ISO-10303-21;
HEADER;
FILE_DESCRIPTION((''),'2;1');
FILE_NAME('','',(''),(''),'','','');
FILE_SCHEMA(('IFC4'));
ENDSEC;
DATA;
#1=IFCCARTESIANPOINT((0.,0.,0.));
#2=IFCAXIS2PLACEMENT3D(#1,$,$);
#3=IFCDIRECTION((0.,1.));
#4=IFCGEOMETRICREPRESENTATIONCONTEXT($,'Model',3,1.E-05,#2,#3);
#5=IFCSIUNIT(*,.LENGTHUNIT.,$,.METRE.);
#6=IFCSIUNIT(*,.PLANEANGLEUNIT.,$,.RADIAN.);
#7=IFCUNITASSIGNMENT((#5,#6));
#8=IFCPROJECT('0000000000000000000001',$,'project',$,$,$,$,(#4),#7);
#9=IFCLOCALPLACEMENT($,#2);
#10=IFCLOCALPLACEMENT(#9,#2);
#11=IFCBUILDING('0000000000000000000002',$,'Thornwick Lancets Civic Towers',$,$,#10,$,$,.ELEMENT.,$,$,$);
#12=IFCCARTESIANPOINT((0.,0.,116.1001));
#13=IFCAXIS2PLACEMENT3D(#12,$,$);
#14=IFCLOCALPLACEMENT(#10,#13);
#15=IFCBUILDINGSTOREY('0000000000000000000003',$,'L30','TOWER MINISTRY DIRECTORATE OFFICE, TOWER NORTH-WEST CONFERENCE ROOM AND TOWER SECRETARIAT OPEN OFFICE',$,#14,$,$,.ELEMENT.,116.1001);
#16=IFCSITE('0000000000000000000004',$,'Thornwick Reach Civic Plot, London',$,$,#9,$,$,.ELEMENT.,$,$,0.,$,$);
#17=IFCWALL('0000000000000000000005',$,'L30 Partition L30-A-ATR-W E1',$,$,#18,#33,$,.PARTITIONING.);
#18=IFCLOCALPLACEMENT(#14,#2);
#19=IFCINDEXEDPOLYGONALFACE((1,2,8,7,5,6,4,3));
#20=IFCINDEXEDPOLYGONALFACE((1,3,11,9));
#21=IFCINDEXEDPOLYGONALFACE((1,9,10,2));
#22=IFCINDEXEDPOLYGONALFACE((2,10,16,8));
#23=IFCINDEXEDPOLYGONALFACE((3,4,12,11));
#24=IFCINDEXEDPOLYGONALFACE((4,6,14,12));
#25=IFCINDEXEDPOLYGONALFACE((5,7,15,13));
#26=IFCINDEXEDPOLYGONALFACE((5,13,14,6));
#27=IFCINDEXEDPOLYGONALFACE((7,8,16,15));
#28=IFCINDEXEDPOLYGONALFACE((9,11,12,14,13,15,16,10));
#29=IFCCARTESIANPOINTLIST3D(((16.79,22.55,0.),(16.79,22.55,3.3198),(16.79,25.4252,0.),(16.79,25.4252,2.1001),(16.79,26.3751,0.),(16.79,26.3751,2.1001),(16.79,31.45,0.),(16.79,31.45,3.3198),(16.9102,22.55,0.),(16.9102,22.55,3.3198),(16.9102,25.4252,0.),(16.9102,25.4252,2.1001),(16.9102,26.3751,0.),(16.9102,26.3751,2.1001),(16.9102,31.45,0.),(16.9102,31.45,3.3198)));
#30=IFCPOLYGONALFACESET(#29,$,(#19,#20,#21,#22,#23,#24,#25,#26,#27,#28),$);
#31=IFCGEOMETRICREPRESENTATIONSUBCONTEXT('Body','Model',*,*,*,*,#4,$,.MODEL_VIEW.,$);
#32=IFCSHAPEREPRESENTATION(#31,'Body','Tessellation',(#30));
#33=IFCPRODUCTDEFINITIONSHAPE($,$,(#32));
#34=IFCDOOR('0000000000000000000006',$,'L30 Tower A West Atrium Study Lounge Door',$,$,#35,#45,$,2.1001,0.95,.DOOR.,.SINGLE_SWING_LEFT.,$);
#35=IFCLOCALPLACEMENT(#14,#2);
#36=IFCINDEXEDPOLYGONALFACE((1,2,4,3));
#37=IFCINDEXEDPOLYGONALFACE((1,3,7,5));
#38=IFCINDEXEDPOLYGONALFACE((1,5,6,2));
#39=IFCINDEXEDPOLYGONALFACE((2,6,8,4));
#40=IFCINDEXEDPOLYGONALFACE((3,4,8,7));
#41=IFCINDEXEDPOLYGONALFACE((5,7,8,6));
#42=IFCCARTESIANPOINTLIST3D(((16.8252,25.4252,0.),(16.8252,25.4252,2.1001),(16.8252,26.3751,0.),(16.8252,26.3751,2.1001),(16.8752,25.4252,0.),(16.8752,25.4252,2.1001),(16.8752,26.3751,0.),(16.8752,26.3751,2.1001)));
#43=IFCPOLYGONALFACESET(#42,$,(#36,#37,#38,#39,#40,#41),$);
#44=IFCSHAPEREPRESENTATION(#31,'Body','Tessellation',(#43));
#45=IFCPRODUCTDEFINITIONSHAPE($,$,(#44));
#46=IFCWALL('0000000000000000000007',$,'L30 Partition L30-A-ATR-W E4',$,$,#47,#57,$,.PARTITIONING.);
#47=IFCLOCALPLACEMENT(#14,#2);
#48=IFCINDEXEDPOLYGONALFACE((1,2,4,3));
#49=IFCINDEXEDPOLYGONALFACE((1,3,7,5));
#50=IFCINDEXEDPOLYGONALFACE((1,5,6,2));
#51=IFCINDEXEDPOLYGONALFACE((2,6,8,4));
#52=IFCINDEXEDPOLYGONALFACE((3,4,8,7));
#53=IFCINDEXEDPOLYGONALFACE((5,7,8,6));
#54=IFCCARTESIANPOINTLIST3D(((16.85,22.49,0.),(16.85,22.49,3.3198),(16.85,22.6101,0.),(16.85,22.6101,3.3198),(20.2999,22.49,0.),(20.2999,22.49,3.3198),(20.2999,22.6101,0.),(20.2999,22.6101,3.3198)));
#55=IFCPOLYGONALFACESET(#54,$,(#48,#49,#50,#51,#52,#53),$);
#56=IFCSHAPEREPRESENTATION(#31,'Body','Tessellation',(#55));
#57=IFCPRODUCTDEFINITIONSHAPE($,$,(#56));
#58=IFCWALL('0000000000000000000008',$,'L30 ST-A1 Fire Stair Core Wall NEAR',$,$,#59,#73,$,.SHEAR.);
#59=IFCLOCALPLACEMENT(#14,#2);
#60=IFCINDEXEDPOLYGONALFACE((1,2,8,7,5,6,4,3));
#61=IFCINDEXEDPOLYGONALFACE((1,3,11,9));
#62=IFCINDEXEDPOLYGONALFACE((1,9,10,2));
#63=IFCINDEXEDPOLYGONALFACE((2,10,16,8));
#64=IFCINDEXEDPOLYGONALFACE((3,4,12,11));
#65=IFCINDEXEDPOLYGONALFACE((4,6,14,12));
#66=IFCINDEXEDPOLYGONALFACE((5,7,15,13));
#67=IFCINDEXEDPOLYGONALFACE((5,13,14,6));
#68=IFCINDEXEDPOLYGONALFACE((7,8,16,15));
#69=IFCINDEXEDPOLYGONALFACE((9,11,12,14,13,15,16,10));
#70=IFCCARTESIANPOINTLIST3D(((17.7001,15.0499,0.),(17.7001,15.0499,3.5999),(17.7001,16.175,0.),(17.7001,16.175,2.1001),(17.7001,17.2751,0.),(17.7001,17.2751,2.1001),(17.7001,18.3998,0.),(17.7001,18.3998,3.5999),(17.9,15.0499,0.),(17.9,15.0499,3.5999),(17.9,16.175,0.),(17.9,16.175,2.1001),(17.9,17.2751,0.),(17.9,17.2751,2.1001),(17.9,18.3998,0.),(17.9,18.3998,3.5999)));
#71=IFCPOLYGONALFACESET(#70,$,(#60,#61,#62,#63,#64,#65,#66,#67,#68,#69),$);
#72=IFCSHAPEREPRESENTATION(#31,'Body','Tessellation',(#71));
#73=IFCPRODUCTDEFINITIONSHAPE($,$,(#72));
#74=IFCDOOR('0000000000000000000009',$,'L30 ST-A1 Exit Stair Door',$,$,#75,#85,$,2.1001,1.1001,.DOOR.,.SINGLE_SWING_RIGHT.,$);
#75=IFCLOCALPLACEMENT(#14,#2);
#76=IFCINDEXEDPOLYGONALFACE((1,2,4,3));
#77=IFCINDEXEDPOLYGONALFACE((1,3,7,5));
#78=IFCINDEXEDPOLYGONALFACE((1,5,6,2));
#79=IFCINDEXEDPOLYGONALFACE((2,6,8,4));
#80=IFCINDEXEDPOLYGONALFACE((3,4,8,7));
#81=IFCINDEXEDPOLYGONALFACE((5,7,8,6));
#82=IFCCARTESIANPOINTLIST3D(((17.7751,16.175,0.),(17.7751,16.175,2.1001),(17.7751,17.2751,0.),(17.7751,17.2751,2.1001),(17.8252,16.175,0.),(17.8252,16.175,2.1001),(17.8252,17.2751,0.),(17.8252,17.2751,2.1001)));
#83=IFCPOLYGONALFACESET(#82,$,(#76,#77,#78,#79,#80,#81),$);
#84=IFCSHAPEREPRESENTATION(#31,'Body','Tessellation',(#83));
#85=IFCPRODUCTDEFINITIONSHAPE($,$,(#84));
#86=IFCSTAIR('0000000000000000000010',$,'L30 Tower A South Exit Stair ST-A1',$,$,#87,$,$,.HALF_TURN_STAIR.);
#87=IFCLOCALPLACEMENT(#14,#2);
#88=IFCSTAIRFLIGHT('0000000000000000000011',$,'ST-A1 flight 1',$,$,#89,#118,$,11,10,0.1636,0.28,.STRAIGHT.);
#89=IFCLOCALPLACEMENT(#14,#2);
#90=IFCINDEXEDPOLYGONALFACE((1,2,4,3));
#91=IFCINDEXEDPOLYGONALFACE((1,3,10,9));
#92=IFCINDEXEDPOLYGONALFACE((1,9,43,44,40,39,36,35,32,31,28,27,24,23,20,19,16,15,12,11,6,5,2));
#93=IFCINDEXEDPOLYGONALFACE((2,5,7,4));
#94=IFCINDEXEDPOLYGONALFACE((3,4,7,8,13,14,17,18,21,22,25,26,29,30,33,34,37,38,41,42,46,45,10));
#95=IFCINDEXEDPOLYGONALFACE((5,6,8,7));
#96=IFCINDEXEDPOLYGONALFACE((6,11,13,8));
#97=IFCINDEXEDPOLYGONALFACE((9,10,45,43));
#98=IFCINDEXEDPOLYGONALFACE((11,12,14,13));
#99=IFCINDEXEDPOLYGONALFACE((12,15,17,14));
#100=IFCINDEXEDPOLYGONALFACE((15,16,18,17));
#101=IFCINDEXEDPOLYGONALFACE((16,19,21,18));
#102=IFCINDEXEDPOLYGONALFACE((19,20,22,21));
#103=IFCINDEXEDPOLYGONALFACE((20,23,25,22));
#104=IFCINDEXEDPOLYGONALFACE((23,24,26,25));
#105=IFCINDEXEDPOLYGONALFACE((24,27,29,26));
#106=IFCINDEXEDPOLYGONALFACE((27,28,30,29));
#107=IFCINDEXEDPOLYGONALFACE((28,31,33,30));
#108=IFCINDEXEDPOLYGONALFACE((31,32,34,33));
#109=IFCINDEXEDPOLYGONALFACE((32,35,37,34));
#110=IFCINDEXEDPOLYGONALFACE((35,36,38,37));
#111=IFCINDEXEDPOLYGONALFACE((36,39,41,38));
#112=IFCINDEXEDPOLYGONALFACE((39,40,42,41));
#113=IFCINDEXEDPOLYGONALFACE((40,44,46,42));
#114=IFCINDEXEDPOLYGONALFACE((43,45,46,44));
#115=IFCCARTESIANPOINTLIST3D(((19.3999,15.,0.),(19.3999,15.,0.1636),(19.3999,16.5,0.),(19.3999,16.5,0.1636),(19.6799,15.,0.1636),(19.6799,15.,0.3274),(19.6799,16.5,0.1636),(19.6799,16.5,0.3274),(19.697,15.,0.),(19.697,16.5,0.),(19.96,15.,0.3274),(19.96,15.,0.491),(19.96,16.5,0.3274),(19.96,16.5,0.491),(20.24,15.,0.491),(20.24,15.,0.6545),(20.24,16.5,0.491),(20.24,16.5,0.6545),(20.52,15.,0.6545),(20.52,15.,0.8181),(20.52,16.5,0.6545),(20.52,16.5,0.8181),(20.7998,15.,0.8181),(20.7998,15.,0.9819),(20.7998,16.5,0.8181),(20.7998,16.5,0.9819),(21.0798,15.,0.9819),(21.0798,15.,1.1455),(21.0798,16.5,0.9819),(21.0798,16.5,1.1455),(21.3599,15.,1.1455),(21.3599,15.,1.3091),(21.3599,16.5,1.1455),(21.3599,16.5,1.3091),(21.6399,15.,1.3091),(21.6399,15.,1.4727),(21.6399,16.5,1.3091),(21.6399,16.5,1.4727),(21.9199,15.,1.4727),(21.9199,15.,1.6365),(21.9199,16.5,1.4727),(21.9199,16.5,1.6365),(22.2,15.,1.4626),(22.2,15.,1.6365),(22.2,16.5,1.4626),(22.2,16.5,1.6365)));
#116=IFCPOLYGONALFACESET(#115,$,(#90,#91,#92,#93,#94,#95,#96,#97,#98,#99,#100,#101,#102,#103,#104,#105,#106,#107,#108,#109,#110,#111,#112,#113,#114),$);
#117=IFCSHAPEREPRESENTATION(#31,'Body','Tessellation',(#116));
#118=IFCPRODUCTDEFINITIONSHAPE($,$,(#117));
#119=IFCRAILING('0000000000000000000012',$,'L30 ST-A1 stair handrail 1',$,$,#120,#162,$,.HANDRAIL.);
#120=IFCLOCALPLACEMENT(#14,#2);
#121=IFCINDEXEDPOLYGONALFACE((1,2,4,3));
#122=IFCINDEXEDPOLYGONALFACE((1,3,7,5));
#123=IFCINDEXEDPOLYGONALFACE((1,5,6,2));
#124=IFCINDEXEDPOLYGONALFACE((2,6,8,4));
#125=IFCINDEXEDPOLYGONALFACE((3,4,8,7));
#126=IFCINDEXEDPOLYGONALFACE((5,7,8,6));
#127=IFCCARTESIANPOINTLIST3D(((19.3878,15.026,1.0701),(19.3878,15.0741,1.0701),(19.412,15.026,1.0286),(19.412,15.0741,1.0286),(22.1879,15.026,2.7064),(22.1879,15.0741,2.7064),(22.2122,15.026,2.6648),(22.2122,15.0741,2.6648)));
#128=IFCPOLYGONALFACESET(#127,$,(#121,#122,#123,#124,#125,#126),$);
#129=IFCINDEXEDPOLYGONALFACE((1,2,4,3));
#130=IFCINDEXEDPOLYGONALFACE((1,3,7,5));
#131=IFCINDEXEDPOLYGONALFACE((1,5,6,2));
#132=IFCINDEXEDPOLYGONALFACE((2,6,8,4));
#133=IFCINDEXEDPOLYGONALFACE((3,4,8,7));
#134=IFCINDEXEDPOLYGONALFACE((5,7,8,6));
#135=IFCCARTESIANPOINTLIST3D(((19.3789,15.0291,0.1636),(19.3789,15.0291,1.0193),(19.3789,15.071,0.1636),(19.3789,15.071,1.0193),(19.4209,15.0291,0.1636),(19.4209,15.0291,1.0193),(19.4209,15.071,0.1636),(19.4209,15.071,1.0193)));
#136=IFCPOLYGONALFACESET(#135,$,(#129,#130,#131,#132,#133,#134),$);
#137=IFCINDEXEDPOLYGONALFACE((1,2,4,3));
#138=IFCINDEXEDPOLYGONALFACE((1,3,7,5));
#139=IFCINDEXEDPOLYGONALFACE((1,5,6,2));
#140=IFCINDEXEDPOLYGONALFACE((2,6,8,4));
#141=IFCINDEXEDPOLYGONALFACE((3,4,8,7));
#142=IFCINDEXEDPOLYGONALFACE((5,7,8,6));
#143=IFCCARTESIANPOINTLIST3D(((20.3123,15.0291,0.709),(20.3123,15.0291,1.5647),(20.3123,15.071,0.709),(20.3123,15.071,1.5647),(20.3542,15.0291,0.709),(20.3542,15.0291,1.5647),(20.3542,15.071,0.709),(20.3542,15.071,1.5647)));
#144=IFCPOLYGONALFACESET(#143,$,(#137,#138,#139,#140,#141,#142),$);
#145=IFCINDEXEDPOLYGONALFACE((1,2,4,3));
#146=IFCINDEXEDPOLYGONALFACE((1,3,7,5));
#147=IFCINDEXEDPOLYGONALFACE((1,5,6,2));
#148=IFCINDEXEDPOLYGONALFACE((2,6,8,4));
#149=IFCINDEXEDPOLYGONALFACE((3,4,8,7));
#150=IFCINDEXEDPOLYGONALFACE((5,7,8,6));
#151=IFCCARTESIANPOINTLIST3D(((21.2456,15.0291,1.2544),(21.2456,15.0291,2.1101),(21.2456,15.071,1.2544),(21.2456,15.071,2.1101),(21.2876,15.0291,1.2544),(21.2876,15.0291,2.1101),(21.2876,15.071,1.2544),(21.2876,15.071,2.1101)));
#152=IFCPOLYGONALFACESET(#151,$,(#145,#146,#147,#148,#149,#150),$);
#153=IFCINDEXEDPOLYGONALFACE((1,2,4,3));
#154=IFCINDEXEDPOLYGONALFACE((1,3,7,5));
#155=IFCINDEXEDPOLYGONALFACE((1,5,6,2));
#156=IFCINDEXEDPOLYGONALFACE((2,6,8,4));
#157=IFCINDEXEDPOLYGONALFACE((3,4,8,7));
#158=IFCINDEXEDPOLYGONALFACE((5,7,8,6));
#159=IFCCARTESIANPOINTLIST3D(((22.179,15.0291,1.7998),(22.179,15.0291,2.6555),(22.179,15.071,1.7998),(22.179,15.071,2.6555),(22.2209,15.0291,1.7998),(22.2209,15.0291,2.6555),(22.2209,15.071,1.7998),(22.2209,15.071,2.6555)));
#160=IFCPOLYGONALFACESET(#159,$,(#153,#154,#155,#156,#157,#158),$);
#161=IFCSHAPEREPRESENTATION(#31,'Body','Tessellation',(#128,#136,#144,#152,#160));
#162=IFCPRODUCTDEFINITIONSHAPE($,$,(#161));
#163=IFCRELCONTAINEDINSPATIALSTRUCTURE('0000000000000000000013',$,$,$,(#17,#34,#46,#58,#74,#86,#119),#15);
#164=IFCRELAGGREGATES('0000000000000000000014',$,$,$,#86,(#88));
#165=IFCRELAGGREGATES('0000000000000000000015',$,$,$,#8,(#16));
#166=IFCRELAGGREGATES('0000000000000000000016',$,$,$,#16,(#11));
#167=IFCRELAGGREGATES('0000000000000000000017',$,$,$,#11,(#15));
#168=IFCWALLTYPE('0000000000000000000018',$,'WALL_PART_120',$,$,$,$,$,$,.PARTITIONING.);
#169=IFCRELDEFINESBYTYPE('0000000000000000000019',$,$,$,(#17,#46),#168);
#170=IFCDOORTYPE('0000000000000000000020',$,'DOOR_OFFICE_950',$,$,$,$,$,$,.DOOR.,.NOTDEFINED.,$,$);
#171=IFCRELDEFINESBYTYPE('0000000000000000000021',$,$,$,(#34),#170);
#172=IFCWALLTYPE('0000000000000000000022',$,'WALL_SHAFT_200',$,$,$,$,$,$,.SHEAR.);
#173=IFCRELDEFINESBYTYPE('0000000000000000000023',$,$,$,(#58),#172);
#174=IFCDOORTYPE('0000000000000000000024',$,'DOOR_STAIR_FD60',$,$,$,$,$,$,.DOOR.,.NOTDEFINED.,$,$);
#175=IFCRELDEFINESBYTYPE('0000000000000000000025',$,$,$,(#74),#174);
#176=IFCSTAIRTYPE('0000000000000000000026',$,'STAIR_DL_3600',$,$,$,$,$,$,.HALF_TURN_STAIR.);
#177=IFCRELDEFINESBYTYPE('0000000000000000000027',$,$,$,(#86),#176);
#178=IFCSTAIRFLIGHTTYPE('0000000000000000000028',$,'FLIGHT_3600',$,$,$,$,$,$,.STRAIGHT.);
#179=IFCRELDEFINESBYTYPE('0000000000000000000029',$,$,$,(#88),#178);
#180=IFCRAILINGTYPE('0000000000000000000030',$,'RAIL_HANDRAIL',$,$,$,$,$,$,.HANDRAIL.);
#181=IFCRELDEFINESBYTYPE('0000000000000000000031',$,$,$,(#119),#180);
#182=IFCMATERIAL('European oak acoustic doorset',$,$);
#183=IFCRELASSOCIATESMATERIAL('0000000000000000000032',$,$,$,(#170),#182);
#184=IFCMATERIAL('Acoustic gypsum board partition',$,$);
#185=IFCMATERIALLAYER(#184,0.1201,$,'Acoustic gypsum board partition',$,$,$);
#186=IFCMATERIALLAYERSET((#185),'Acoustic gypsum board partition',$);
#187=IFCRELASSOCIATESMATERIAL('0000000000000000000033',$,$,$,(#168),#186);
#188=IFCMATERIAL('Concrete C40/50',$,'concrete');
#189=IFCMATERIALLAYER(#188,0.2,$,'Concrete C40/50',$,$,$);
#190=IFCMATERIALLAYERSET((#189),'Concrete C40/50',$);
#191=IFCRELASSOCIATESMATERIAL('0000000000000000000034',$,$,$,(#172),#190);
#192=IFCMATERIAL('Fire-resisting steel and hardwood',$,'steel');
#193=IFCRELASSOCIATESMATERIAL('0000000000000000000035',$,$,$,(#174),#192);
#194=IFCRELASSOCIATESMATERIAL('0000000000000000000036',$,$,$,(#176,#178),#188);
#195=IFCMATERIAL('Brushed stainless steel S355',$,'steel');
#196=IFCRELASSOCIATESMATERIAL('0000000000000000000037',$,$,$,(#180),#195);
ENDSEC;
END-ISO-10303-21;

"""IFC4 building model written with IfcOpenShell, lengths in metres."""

from ifc_helpers import new_model, si_unit, direction, frame, frame_2d, origin, origin_2d, place, context, subcontext, project, spatial, polyline, rectangle, outline, extrude, material, layer, layer_set, type_object, element, fill, aggregate, save


model = new_model("IFC4")

# Units and contexts
model_context = context("Model", 3, precision=1e-05, world=origin(), true_north=direction((0.0, 1.0)))
body_context = subcontext(model_context, "Body", "Model", "MODEL_VIEW")
ifc_project = project(units=[si_unit("LENGTHUNIT", "METRE"), si_unit("PLANEANGLEUNIT", "RADIAN")], contexts=[model_context])

# Site, building, storey
site_placement = place(None, origin())
site = spatial("IfcSite", under=ifc_project, at=site_placement, Name="Thornwick Reach Civic Plot, London", CompositionType="ELEMENT", RefElevation=0.0)
building_placement = place(site_placement, origin())
building = spatial("IfcBuilding", under=site, at=building_placement, Name="Thornwick Lancets Civic Towers", CompositionType="ELEMENT")
storey_placement = place(building_placement, frame((0.0, 0.0, 116.1001)))
storey = spatial("IfcBuildingStorey", under=building, at=storey_placement, Name="L30", Description="TOWER MINISTRY DIRECTORATE OFFICE, TOWER NORTH-WEST CONFERENCE ROOM AND TOWER SECRETARIAT OPEN OFFICE", CompositionType="ELEMENT", Elevation=116.1001)

# Shared definitions
ifc_material_1 = material(Name="European oak acoustic doorset")
door_type_1 = type_object("IfcDoorType", Name="DOOR_OFFICE_950", OperationType="NOTDEFINED", PredefinedType="DOOR", material=ifc_material_1)

# Wall, opening, door
ifc_material_2 = material(Name="Acoustic gypsum board partition")
ifc_layer_1 = layer(ifc_material_2, 0.1201, Name="Acoustic gypsum board partition")
ifc_layer_set_1 = layer_set([ifc_layer_1], Name="Acoustic gypsum board partition")
wall_type_1 = type_object("IfcWallType", Name="WALL_PART_120", PredefinedType="PARTITIONING", material=ifc_layer_set_1)
wall_1_placement = place(storey_placement, frame((16.8501, 22.55, 0.0), z_axis=(0.0, 0.0, 1.0), x_axis=(0.0, 1.0, 0.0)))
wall_1 = element("IfcWall", 1, at=wall_1_placement, inside=storey, type_object=wall_type_1, Name="L30 Partition L30-A-ATR-W E1", PredefinedType="PARTITIONING", context=body_context, shape_type="SweptSolid", body=[
    extrude(rectangle(XDim=8.8999, YDim=0.1201, at=frame_2d((4.45, 0.0))), origin(), (0.0, 0.0, 1.0), 3.3198),
])
opening_1_placement = place(wall_1_placement, frame((2.875, 0.0, 0.0)))
opening_1 = element("IfcOpeningElement", 2, at=opening_1_placement, cuts=wall_1, PredefinedType="OPENING", context=body_context, shape_type="SweptSolid", body=[
    extrude(rectangle(XDim=0.95, YDim=2.1001, at=frame_2d((0.4751, 1.05))), frame((0.0, 0.0701, 0.0), z_axis=(0.0, -1.0, 0.0), x_axis=(1.0, 0.0, 0.0)), (0.0, 0.0, 1.0), 0.1401),
])
door_1_placement = place(opening_1_placement, origin())
door_1 = element("IfcDoor", 3, at=door_1_placement, inside=storey, type_object=door_type_1, Name="L30 Tower A West Atrium Study Lounge Door", OperationType="SINGLE_SWING_LEFT", OverallHeight=2.1001, OverallWidth=0.95, PredefinedType="DOOR", context=body_context, shape_type="SweptSolid", body=[
    extrude(rectangle(XDim=0.95, YDim=2.1001, at=frame_2d((0.4751, 1.05))), frame((0.0, 0.0249, 0.0), z_axis=(0.0, -1.0, 0.0), x_axis=(1.0, 0.0, 0.0)), (0.0, 0.0, 1.0), 0.05),
])
fill(opening_1, door_1)

# Wall
wall_2_placement = place(storey_placement, frame((20.3, 22.55, 0.0), z_axis=(0.0, 0.0, 1.0), x_axis=(-1.0, 0.0, 0.0)))
element("IfcWall", 4, at=wall_2_placement, inside=storey, type_object=wall_type_1, Name="L30 Partition L30-A-ATR-W E4", PredefinedType="PARTITIONING", context=body_context, shape_type="SweptSolid", body=[
    extrude(rectangle(XDim=3.45, YDim=0.1201, at=frame_2d((1.7251, 0.0))), origin(), (0.0, 0.0, 1.0), 3.3198),
])

# Wall, opening, door
ifc_material_3 = material(Name="Concrete C40/50", Category="concrete")
ifc_layer_2 = layer(ifc_material_3, 0.2, Name="Concrete C40/50")
ifc_layer_set_2 = layer_set([ifc_layer_2], Name="Concrete C40/50")
wall_type_2 = type_object("IfcWallType", Name="WALL_SHAFT_200", PredefinedType="SHEAR", material=ifc_layer_set_2)
wall_3_placement = place(storey_placement, frame((17.8, 15.05, 0.0), z_axis=(0.0, 0.0, 1.0), x_axis=(0.0, 1.0, 0.0)))
wall_3 = element("IfcWall", 5, at=wall_3_placement, inside=storey, type_object=wall_type_2, Name="L30 ST-A1 Fire Stair Core Wall NEAR", PredefinedType="SHEAR", context=body_context, shape_type="SweptSolid", body=[
    extrude(rectangle(XDim=3.3499, YDim=0.2, at=frame_2d((1.6748, 0.0))), origin(), (0.0, 0.0, 1.0), 3.5999),
])
opening_2_placement = place(wall_3_placement, frame((1.125, 0.0, 0.0)))
opening_2 = element("IfcOpeningElement", 6, at=opening_2_placement, cuts=wall_3, PredefinedType="OPENING", context=body_context, shape_type="SweptSolid", body=[
    extrude(rectangle(XDim=1.1001, YDim=2.1001, at=frame_2d((0.55, 1.05))), frame((0.0, 0.1099, 0.0), z_axis=(0.0, -1.0, 0.0), x_axis=(1.0, 0.0, 0.0)), (0.0, 0.0, 1.0), 0.22),
])
ifc_material_4 = material(Name="Fire-resisting steel and hardwood", Category="steel")
door_type_2 = type_object("IfcDoorType", Name="DOOR_STAIR_FD60", OperationType="NOTDEFINED", PredefinedType="DOOR", material=ifc_material_4)
door_2_placement = place(opening_2_placement, origin())
door_2 = element("IfcDoor", 7, at=door_2_placement, inside=storey, type_object=door_type_2, Name="L30 ST-A1 Exit Stair Door", OperationType="SINGLE_SWING_RIGHT", OverallHeight=2.1001, OverallWidth=1.1001, PredefinedType="DOOR", context=body_context, shape_type="SweptSolid", body=[
    extrude(rectangle(XDim=1.1001, YDim=2.1001, at=frame_2d((0.55, 1.05))), frame((0.0, 0.0249, 0.0), z_axis=(0.0, -1.0, 0.0), x_axis=(1.0, 0.0, 0.0)), (0.0, 0.0, 1.0), 0.05),
])
fill(opening_2, door_2)

# Stair, stair flight
stair_type = type_object("IfcStairType", Name="STAIR_DL_3600", PredefinedType="HALF_TURN_STAIR", material=ifc_material_3)
stair_placement = place(storey_placement, origin())
stair = element("IfcStair", 8, at=stair_placement, inside=storey, type_object=stair_type, Name="L30 Tower A South Exit Stair ST-A1", PredefinedType="HALF_TURN_STAIR")
stair_flight_type = type_object("IfcStairFlightType", Name="FLIGHT_3600", PredefinedType="STRAIGHT", material=ifc_material_3)
stair_flight_placement = place(storey_placement, frame((19.3999, 15.75, 0.0), z_axis=(0.0, 0.0, 1.0), x_axis=(1.0, 0.0, 0.0)))
stair_flight = element("IfcStairFlight", 9, at=stair_flight_placement, type_object=stair_flight_type, Name="ST-A1 flight 1", NumberOfRisers=11, NumberOfTreads=10, PredefinedType="STRAIGHT", RiserHeight=0.1636, TreadLength=0.28, context=body_context, shape_type="SweptSolid", body=[
    extrude(outline(polyline([(0.0, 0.0), (0.0, 0.1636), (0.28, 0.1636), (0.28, 0.3274), (0.5601, 0.3274), (0.5601, 0.491), (0.8401, 0.491), (0.8401, 0.6545), (1.1201, 0.6545), (1.1201, 0.8181), (1.3999, 0.8181), (1.3999, 0.9819), (1.6799, 0.9819), (1.6799, 1.1455), (1.96, 1.1455), (1.96, 1.3091), (2.24, 1.3091), (2.24, 1.4727), (2.52, 1.4727), (2.52, 1.6365), (2.8, 1.6365), (2.8, 1.8), (2.8, 1.4626), (0.2971, 0.0), (0.0, 0.0)])), frame((0.0, 0.75, 0.0), z_axis=(0.0, -1.0, 0.0), x_axis=(1.0, 0.0, 0.0)), (0.0, 0.0, 1.0), 1.5),
])
aggregate(stair, [stair_flight])

# Railing
ifc_material_5 = material(Name="Brushed stainless steel S355", Category="steel")
railing_type_1 = type_object("IfcRailingType", Name="RAIL_HANDRAIL", PredefinedType="HANDRAIL", material=ifc_material_5)
railing_1_placement = place(storey_placement, frame((19.3999, 15.05, 0.1636)))
element("IfcRailing", 10, at=railing_1_placement, inside=storey, type_object=railing_type_1, Name="L30 ST-A1 stair handrail 1", PredefinedType="HANDRAIL", context=body_context, shape_type="SweptSolid", body=[
    extrude(rectangle(XDim=0.0481, YDim=0.0481, at=origin_2d()), frame((0.0, 0.0, 0.8857), z_axis=(0.863394, 0.0, 0.504531), x_axis=(0.0, 1.0, 0.0)), (0.0, 0.0, 1.0), 3.2432),
    extrude(rectangle(XDim=0.042, YDim=0.042, at=origin_2d()), origin(), (0.0, 0.0, 1.0), 0.8557),
    extrude(rectangle(XDim=0.042, YDim=0.042, at=origin_2d()), frame((0.9333, 0.0, 0.5454)), (0.0, 0.0, 1.0), 0.8557),
    extrude(rectangle(XDim=0.042, YDim=0.042, at=origin_2d()), frame((1.8667, 0.0, 1.0908)), (0.0, 0.0, 1.0), 0.8557),
    extrude(rectangle(XDim=0.042, YDim=0.042, at=origin_2d()), frame((2.8, 0.0, 1.6362)), (0.0, 0.0, 1.0), 0.8557),
])

save(model, "model.ifc")
